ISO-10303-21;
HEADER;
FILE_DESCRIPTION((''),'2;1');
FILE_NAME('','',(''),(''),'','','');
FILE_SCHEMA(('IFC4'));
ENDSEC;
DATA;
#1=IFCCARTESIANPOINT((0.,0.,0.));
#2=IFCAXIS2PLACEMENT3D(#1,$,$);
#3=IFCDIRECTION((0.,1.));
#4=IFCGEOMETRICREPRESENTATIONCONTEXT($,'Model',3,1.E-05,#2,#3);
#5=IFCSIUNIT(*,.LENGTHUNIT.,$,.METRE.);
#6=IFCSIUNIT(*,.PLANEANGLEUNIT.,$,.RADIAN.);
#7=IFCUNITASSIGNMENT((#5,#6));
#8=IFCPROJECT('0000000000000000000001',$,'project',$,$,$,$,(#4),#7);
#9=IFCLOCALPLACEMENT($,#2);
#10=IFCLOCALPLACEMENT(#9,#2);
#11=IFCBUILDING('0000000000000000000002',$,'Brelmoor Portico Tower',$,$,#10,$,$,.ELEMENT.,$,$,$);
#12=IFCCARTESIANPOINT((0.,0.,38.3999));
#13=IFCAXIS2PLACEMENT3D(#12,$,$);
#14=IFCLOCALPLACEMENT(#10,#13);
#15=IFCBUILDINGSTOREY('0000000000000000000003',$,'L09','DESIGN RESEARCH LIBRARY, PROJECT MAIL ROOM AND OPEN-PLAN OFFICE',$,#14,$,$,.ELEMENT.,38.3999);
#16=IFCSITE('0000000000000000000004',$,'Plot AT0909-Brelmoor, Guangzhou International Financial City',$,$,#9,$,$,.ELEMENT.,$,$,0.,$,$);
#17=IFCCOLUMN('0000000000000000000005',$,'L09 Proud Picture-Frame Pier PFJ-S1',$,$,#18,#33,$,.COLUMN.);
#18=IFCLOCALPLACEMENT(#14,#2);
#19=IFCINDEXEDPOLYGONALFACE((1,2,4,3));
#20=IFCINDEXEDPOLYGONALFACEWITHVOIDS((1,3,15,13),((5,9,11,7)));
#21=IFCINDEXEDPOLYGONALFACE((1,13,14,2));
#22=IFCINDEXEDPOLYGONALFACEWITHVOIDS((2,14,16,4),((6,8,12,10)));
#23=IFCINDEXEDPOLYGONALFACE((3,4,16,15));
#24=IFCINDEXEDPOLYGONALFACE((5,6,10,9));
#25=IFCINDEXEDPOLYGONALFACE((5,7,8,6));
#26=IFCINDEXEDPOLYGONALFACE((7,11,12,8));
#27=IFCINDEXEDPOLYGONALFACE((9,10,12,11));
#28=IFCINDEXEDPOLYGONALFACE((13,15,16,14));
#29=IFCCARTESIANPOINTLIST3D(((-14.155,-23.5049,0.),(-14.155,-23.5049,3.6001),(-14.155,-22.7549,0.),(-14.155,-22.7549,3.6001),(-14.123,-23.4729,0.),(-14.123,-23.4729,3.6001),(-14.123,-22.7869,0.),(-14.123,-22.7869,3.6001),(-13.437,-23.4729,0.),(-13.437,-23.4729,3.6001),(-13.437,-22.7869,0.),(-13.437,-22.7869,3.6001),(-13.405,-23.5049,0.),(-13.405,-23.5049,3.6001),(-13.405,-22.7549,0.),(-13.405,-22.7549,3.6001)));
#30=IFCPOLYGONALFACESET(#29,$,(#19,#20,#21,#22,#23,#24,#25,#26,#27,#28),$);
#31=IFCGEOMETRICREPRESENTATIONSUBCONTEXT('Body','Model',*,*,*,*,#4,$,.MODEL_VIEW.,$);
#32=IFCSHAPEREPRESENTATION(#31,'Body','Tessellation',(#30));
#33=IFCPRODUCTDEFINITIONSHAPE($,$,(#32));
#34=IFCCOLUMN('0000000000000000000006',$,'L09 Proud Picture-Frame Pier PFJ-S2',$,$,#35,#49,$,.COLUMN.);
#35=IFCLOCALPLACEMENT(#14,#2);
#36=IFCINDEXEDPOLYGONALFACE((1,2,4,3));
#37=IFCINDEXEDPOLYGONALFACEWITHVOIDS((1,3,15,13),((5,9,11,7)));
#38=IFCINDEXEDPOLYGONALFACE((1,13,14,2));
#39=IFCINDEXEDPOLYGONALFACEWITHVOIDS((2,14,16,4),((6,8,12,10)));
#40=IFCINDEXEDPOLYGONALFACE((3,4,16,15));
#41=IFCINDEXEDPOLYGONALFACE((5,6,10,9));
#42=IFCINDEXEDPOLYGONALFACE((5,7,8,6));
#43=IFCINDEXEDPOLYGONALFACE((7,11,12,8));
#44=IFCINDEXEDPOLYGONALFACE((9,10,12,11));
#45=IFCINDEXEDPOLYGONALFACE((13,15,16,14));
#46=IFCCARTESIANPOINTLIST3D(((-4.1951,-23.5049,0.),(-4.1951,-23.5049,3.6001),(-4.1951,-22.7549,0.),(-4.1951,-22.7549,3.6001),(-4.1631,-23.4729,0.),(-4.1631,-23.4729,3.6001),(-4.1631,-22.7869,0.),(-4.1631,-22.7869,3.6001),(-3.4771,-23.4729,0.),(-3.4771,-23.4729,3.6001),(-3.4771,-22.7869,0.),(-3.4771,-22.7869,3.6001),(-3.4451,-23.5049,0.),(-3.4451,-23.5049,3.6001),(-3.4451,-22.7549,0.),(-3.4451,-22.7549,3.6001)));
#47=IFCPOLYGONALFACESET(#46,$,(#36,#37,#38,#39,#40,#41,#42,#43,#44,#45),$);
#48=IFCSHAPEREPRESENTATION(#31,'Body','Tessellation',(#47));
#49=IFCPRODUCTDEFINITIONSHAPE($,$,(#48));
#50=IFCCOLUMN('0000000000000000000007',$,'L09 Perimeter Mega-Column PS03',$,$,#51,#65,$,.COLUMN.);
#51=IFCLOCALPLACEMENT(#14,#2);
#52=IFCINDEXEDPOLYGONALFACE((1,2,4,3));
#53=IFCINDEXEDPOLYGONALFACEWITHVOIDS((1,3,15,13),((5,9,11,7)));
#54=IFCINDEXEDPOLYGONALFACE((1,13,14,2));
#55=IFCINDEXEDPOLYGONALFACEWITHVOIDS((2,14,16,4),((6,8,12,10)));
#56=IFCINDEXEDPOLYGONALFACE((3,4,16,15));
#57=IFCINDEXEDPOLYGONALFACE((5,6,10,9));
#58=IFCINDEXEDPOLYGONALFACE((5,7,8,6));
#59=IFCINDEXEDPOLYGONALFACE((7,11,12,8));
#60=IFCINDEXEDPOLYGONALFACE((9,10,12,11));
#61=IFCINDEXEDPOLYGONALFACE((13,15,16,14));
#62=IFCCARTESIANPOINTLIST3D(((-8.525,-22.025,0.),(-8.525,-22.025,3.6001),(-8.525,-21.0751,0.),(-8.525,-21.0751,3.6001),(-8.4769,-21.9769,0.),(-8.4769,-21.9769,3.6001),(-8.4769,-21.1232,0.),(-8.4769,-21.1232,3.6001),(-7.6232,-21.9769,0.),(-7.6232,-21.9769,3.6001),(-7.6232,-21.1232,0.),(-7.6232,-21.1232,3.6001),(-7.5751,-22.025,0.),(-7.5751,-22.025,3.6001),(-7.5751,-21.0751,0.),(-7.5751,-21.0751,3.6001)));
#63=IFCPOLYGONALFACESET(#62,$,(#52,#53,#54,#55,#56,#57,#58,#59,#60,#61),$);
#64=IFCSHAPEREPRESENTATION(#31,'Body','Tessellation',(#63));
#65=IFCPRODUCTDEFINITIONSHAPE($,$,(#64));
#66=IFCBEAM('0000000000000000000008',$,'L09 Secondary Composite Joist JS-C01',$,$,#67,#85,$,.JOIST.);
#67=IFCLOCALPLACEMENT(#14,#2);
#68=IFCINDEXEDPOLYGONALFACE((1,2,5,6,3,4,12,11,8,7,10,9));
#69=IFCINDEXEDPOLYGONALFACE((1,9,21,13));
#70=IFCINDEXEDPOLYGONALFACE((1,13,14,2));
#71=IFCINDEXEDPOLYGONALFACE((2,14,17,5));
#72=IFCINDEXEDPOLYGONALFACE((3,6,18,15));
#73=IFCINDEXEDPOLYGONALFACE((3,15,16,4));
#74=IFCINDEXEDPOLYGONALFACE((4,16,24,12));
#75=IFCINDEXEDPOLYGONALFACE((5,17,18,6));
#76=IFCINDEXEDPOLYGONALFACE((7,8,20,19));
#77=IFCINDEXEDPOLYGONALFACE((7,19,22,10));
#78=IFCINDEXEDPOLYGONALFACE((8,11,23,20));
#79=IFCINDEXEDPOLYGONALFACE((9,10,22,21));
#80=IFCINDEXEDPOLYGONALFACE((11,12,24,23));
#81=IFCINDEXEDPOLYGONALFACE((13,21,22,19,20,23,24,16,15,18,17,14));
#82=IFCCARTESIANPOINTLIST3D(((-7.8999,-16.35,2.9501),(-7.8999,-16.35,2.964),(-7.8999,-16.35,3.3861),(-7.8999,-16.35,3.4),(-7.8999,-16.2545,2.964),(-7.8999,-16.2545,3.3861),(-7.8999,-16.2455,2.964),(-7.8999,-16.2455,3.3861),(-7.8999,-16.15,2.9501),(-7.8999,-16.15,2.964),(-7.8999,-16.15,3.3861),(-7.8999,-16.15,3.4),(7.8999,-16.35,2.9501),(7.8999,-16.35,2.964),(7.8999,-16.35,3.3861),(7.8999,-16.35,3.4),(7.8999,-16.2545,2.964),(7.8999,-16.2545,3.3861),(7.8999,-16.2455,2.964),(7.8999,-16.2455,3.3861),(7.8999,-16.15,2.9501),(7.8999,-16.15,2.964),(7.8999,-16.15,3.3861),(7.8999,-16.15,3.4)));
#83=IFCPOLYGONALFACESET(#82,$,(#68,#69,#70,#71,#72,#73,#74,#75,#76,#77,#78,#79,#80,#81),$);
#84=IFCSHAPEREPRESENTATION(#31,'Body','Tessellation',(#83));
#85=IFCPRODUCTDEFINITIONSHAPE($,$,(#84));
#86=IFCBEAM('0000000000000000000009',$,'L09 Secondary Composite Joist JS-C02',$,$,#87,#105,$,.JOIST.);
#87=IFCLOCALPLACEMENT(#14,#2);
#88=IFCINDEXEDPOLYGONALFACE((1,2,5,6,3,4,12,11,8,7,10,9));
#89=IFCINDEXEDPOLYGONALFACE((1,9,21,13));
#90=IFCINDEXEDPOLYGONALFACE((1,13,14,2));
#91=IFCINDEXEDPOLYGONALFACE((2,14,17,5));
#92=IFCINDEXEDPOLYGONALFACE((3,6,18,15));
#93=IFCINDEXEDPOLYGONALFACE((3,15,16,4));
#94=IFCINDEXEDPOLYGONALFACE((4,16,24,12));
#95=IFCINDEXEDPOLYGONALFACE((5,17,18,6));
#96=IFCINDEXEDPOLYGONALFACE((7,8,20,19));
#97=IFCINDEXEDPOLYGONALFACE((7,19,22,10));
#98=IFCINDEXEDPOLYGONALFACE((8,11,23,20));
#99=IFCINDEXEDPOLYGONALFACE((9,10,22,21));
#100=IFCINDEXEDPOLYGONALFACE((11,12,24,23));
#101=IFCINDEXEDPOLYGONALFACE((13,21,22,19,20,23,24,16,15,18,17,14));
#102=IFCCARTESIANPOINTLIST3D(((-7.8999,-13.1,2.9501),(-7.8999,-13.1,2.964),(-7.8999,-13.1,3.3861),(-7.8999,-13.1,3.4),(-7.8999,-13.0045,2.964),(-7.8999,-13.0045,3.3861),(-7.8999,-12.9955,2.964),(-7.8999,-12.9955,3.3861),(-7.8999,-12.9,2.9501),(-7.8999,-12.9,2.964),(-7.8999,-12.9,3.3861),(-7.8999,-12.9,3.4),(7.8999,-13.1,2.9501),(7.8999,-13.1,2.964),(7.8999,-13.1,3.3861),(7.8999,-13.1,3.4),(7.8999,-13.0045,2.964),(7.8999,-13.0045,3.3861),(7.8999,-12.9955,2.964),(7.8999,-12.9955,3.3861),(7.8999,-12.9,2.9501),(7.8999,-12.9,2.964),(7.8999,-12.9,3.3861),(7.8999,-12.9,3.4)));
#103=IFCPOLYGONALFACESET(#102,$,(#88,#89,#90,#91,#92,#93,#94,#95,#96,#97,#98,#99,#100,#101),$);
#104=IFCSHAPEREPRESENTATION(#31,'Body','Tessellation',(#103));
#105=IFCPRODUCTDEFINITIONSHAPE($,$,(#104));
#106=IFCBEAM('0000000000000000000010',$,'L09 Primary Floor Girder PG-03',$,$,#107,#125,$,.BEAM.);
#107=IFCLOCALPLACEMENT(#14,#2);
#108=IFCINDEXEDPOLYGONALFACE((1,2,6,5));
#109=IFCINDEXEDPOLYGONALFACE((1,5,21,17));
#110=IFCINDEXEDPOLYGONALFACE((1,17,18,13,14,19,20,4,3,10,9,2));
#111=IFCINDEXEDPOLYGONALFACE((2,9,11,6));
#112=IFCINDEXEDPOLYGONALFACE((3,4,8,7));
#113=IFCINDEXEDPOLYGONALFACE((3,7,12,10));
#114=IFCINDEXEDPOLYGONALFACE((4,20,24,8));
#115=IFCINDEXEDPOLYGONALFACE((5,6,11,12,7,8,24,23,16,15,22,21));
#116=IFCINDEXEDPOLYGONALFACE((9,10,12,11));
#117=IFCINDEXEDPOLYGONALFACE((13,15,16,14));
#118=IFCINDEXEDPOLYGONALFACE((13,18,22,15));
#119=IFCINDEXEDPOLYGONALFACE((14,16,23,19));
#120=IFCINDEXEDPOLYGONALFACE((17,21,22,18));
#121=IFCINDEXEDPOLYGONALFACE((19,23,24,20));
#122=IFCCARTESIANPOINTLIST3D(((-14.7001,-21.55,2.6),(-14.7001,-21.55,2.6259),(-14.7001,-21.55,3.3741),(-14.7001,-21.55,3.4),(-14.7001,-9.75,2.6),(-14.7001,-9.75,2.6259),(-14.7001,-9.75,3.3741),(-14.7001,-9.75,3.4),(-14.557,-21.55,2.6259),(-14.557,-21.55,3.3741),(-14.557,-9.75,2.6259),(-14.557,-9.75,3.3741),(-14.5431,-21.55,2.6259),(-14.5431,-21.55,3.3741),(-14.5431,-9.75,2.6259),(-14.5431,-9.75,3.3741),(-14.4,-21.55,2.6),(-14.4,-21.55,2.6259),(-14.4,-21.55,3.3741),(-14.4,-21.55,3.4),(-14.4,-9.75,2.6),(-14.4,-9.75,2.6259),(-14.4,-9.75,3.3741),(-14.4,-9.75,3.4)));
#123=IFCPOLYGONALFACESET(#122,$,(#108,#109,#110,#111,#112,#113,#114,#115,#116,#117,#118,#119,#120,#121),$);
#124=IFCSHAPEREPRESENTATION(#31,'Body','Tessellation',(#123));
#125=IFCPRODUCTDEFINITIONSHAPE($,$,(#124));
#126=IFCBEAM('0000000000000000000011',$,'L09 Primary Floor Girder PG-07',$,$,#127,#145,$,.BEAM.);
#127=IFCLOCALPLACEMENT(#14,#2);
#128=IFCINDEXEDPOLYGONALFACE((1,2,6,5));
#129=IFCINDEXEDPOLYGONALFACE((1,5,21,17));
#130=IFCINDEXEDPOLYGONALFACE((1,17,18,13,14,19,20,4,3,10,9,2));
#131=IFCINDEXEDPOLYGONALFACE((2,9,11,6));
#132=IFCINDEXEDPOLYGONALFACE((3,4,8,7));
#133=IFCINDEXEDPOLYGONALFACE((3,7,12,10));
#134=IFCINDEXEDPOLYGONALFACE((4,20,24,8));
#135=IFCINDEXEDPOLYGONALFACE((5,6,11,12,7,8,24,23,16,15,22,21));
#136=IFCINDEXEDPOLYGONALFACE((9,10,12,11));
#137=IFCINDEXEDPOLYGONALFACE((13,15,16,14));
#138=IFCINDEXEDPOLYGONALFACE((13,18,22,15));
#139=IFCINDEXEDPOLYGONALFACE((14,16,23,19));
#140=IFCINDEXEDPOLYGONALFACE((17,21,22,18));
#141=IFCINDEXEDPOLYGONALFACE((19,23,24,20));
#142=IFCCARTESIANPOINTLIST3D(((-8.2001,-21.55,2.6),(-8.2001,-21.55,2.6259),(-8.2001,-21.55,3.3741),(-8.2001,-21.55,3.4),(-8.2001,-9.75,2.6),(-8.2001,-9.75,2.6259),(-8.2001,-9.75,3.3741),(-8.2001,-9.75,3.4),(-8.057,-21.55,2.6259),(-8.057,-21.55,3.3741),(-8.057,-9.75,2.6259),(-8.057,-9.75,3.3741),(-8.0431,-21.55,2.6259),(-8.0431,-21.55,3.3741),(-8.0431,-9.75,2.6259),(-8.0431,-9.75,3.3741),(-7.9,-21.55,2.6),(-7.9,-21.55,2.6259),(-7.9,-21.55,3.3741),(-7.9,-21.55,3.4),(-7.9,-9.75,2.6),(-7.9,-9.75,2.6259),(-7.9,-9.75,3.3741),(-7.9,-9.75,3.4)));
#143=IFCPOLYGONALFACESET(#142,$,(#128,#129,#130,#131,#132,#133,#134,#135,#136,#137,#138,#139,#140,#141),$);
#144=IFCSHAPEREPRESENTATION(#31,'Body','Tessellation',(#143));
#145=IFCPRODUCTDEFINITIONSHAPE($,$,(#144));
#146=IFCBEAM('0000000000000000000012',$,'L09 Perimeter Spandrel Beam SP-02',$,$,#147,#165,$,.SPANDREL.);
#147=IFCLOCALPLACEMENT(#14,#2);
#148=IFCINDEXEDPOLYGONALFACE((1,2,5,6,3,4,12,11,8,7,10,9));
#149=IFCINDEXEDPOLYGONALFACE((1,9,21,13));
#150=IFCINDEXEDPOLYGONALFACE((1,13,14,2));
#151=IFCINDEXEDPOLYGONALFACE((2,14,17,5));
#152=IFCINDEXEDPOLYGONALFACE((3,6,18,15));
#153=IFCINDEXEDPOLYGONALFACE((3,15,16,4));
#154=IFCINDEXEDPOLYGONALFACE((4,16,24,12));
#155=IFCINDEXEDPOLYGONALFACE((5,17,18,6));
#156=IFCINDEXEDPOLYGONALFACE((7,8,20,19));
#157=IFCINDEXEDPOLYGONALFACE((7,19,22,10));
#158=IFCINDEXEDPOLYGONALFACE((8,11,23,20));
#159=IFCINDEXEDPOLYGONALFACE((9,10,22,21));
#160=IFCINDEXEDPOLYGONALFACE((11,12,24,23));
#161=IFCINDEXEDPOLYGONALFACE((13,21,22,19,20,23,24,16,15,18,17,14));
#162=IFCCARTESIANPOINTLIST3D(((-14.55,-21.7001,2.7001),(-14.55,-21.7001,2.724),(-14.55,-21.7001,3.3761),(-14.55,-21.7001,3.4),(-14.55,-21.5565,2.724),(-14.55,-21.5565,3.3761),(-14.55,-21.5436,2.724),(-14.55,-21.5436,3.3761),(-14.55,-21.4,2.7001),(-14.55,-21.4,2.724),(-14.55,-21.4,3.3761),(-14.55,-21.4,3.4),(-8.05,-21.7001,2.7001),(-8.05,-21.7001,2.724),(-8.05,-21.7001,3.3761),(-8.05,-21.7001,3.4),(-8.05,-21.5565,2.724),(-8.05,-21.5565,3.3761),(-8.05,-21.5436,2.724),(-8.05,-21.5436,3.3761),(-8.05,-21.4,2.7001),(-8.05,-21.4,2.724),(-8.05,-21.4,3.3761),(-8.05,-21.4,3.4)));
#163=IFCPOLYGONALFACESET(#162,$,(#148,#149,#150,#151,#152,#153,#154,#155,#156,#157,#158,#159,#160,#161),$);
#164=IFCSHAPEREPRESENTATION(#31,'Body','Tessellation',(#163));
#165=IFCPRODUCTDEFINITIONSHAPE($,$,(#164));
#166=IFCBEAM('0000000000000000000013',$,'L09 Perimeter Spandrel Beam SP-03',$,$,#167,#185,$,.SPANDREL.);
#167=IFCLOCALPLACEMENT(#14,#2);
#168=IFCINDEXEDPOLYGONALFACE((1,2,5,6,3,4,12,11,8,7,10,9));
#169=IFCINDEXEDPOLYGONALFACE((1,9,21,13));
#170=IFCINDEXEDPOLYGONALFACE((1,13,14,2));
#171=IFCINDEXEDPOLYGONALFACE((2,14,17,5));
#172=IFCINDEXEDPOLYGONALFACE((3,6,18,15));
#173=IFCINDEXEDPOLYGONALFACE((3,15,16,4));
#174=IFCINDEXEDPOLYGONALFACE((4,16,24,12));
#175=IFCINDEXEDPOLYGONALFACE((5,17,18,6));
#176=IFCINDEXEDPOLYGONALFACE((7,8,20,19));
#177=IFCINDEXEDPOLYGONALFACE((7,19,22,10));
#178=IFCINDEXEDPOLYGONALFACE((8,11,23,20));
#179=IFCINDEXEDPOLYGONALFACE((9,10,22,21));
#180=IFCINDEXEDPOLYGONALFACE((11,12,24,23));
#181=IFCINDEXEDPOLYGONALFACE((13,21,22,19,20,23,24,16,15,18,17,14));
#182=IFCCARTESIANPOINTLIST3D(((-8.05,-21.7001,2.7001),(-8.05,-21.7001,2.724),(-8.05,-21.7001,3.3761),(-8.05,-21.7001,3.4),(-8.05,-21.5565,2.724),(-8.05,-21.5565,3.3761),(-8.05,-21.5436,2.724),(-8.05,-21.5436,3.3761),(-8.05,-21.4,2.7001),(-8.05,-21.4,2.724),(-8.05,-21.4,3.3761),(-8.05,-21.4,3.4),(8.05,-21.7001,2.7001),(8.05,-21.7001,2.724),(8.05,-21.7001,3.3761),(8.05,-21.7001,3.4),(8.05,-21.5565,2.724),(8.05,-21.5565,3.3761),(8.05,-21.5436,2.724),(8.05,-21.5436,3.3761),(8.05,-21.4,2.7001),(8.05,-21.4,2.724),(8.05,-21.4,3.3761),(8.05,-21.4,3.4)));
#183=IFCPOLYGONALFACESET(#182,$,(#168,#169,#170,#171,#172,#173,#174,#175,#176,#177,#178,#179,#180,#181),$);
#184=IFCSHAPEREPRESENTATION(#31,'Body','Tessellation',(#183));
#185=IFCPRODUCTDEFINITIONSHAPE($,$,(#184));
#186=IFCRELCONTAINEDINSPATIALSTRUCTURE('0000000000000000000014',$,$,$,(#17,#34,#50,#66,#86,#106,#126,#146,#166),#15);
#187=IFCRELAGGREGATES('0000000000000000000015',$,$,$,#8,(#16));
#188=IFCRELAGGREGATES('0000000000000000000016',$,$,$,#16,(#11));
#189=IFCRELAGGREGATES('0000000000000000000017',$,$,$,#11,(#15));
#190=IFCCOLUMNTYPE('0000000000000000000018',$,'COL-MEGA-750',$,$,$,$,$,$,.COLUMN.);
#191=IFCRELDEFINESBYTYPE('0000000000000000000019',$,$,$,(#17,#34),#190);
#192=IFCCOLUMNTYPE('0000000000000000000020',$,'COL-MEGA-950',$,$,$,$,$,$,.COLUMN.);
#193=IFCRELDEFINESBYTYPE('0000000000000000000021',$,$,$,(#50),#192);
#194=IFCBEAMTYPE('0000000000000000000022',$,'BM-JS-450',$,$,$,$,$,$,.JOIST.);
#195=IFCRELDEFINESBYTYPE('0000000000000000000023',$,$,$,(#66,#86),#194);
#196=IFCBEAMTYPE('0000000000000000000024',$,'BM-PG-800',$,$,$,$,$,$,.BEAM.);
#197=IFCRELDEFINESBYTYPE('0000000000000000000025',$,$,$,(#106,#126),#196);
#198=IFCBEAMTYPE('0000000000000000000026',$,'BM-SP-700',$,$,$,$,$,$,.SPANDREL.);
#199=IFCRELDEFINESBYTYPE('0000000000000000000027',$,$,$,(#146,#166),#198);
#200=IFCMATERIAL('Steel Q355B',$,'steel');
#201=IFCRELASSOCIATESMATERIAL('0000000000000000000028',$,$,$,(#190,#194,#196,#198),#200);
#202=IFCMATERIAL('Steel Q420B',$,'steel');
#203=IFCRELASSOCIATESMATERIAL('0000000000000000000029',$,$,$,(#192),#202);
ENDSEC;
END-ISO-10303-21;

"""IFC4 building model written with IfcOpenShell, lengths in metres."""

from ifc_helpers import new_model, si_unit, direction, frame, origin, origin_2d, place, context, subcontext, project, spatial, hollow_rectangle, i_section, extrude, material, material_profile, profile_set, type_object, element, save


model = new_model("IFC4")

# Units and contexts
model_context = context("Model", 3, precision=1e-05, world=origin(), true_north=direction((0.0, 1.0)))
body_context = subcontext(model_context, "Body", "Model", "MODEL_VIEW")
ifc_project = project(units=[si_unit("LENGTHUNIT", "METRE"), si_unit("PLANEANGLEUNIT", "RADIAN")], contexts=[model_context])

# Site, building, storey
site_placement = place(None, origin())
site = spatial("IfcSite", under=ifc_project, at=site_placement, Name="Plot AT0909-Brelmoor, Guangzhou International Financial City", CompositionType="ELEMENT", RefElevation=0.0)
building_placement = place(site_placement, origin())
building = spatial("IfcBuilding", under=site, at=building_placement, Name="Brelmoor Portico Tower", CompositionType="ELEMENT")
storey_placement = place(building_placement, frame((0.0, 0.0, 38.3999)))
storey = spatial("IfcBuildingStorey", under=building, at=storey_placement, Name="L09", Description="DESIGN RESEARCH LIBRARY, PROJECT MAIL ROOM AND OPEN-PLAN OFFICE", CompositionType="ELEMENT", Elevation=38.3999)

# Columns
ifc_material_1 = material(Name="Steel Q355B", Category="steel")
ifc_material_profile_1 = material_profile(ifc_material_1, hollow_rectangle(XDim=0.75, YDim=0.75, WallThickness=0.032, at=origin_2d()), Name="BOX 750x750x32")
ifc_profile_set_1 = profile_set([ifc_material_profile_1], Name="Steel Q355B")
column_type_1 = type_object("IfcColumnType", Name="COL-MEGA-750", PredefinedType="COLUMN", material=ifc_profile_set_1)
for number, where, z_axis, x_axis, name in (
    (1, (-13.78, -23.1299, 0.0), (0.0, 0.0, 1.0), (1.0, 0.0, 0.0), "L09 Proud Picture-Frame Pier PFJ-S1"),
    (2, (-3.8201, -23.1299, 0.0), (0.0, 0.0, 1.0), (1.0, 0.0, 0.0), "L09 Proud Picture-Frame Pier PFJ-S2"),
):
    element("IfcColumn", number, at=place(storey_placement, frame(where, z_axis=z_axis, x_axis=x_axis)), inside=storey, type_object=column_type_1, Name=name, PredefinedType="COLUMN", context=body_context, shape_type="SweptSolid", body=[
        extrude(hollow_rectangle(XDim=0.75, YDim=0.75, WallThickness=0.032, at=origin_2d()), origin(), (0.0, 0.0, 1.0), 3.6001),
    ])
ifc_material_2 = material(Name="Steel Q420B", Category="steel")
ifc_material_profile_2 = material_profile(ifc_material_2, hollow_rectangle(XDim=0.95, YDim=0.95, WallThickness=0.0481, at=origin_2d()), Name="BOX 950x950x48")
ifc_profile_set_2 = profile_set([ifc_material_profile_2], Name="Steel Q420B")
column_type_2 = type_object("IfcColumnType", Name="COL-MEGA-950", PredefinedType="COLUMN", material=ifc_profile_set_2)
column_placement = place(storey_placement, frame((-8.05, -21.55, 0.0), z_axis=(0.0, 0.0, 1.0), x_axis=(1.0, 0.0, 0.0)))
element("IfcColumn", 3, at=column_placement, inside=storey, type_object=column_type_2, Name="L09 Perimeter Mega-Column PS03", PredefinedType="COLUMN", context=body_context, shape_type="SweptSolid", body=[
    extrude(hollow_rectangle(XDim=0.95, YDim=0.95, WallThickness=0.0481, at=origin_2d()), origin(), (0.0, 0.0, 1.0), 3.6001),
])

# Beams
ifc_material_profile_3 = material_profile(ifc_material_1, i_section(OverallWidth=0.2, OverallDepth=0.45, WebThickness=0.009, FlangeThickness=0.0139, at=origin_2d()), Name="HN 450x200x9x14")
ifc_profile_set_3 = profile_set([ifc_material_profile_3], Name="Steel Q355B")
beam_type_1 = type_object("IfcBeamType", Name="BM-JS-450", PredefinedType="JOIST", material=ifc_profile_set_3)
for number, where, z_axis, x_axis, name in (
    (4, (-7.8999, -16.25, 3.175), (1.0, 0.0, 0.0), (0.0, 1.0, 0.0), "L09 Secondary Composite Joist JS-C01"),
    (5, (-7.8999, -13.0, 3.175), (1.0, 0.0, 0.0), (0.0, 1.0, 0.0), "L09 Secondary Composite Joist JS-C02"),
):
    element("IfcBeam", number, at=place(storey_placement, frame(where, z_axis=z_axis, x_axis=x_axis)), inside=storey, type_object=beam_type_1, Name=name, PredefinedType="JOIST", context=body_context, shape_type="SweptSolid", body=[
        extrude(i_section(OverallWidth=0.2, OverallDepth=0.45, WebThickness=0.009, FlangeThickness=0.0139, at=origin_2d()), origin(), (0.0, 0.0, 1.0), 15.7998),
    ])
ifc_material_profile_4 = material_profile(ifc_material_1, i_section(OverallWidth=0.3, OverallDepth=0.8, WebThickness=0.0139, FlangeThickness=0.0259, at=origin_2d()), Name="HN 800x300x14x26")
ifc_profile_set_4 = profile_set([ifc_material_profile_4], Name="Steel Q355B")
beam_type_2 = type_object("IfcBeamType", Name="BM-PG-800", PredefinedType="BEAM", material=ifc_profile_set_4)
for number, where, z_axis, x_axis, name in (
    (6, (-14.55, -21.55, 3.0), (0.0, 1.0, 0.0), (-1.0, 0.0, 0.0), "L09 Primary Floor Girder PG-03"),
    (7, (-8.05, -21.55, 3.0), (0.0, 1.0, 0.0), (-1.0, 0.0, 0.0), "L09 Primary Floor Girder PG-07"),
):
    element("IfcBeam", number, at=place(storey_placement, frame(where, z_axis=z_axis, x_axis=x_axis)), inside=storey, type_object=beam_type_2, Name=name, PredefinedType="BEAM", context=body_context, shape_type="SweptSolid", body=[
        extrude(i_section(OverallWidth=0.3, OverallDepth=0.8, WebThickness=0.0139, FlangeThickness=0.0259, at=origin_2d()), origin(), (0.0, 0.0, 1.0), 11.8),
    ])
ifc_material_profile_5 = material_profile(ifc_material_1, i_section(OverallWidth=0.3, OverallDepth=0.7, WebThickness=0.0129, FlangeThickness=0.0239, at=origin_2d()), Name="HN 700x300x13x24")
ifc_profile_set_5 = profile_set([ifc_material_profile_5], Name="Steel Q355B")
beam_type_3 = type_object("IfcBeamType", Name="BM-SP-700", PredefinedType="SPANDREL", material=ifc_profile_set_5)
beam_1_placement = place(storey_placement, frame((-14.55, -21.55, 3.05), z_axis=(1.0, 0.0, 0.0), x_axis=(0.0, 1.0, 0.0)))
element("IfcBeam", 8, at=beam_1_placement, inside=storey, type_object=beam_type_3, Name="L09 Perimeter Spandrel Beam SP-02", PredefinedType="SPANDREL", context=body_context, shape_type="SweptSolid", body=[
    extrude(i_section(OverallWidth=0.3, OverallDepth=0.7, WebThickness=0.0129, FlangeThickness=0.0239, at=origin_2d()), origin(), (0.0, 0.0, 1.0), 6.5),
])
beam_2_placement = place(storey_placement, frame((-8.05, -21.55, 3.05), z_axis=(1.0, 0.0, 0.0), x_axis=(0.0, 1.0, 0.0)))
element("IfcBeam", 9, at=beam_2_placement, inside=storey, type_object=beam_type_3, Name="L09 Perimeter Spandrel Beam SP-03", PredefinedType="SPANDREL", context=body_context, shape_type="SweptSolid", body=[
    extrude(i_section(OverallWidth=0.3, OverallDepth=0.7, WebThickness=0.0129, FlangeThickness=0.0239, at=origin_2d()), origin(), (0.0, 0.0, 1.0), 16.1001),
])

save(model, "model.ifc")
